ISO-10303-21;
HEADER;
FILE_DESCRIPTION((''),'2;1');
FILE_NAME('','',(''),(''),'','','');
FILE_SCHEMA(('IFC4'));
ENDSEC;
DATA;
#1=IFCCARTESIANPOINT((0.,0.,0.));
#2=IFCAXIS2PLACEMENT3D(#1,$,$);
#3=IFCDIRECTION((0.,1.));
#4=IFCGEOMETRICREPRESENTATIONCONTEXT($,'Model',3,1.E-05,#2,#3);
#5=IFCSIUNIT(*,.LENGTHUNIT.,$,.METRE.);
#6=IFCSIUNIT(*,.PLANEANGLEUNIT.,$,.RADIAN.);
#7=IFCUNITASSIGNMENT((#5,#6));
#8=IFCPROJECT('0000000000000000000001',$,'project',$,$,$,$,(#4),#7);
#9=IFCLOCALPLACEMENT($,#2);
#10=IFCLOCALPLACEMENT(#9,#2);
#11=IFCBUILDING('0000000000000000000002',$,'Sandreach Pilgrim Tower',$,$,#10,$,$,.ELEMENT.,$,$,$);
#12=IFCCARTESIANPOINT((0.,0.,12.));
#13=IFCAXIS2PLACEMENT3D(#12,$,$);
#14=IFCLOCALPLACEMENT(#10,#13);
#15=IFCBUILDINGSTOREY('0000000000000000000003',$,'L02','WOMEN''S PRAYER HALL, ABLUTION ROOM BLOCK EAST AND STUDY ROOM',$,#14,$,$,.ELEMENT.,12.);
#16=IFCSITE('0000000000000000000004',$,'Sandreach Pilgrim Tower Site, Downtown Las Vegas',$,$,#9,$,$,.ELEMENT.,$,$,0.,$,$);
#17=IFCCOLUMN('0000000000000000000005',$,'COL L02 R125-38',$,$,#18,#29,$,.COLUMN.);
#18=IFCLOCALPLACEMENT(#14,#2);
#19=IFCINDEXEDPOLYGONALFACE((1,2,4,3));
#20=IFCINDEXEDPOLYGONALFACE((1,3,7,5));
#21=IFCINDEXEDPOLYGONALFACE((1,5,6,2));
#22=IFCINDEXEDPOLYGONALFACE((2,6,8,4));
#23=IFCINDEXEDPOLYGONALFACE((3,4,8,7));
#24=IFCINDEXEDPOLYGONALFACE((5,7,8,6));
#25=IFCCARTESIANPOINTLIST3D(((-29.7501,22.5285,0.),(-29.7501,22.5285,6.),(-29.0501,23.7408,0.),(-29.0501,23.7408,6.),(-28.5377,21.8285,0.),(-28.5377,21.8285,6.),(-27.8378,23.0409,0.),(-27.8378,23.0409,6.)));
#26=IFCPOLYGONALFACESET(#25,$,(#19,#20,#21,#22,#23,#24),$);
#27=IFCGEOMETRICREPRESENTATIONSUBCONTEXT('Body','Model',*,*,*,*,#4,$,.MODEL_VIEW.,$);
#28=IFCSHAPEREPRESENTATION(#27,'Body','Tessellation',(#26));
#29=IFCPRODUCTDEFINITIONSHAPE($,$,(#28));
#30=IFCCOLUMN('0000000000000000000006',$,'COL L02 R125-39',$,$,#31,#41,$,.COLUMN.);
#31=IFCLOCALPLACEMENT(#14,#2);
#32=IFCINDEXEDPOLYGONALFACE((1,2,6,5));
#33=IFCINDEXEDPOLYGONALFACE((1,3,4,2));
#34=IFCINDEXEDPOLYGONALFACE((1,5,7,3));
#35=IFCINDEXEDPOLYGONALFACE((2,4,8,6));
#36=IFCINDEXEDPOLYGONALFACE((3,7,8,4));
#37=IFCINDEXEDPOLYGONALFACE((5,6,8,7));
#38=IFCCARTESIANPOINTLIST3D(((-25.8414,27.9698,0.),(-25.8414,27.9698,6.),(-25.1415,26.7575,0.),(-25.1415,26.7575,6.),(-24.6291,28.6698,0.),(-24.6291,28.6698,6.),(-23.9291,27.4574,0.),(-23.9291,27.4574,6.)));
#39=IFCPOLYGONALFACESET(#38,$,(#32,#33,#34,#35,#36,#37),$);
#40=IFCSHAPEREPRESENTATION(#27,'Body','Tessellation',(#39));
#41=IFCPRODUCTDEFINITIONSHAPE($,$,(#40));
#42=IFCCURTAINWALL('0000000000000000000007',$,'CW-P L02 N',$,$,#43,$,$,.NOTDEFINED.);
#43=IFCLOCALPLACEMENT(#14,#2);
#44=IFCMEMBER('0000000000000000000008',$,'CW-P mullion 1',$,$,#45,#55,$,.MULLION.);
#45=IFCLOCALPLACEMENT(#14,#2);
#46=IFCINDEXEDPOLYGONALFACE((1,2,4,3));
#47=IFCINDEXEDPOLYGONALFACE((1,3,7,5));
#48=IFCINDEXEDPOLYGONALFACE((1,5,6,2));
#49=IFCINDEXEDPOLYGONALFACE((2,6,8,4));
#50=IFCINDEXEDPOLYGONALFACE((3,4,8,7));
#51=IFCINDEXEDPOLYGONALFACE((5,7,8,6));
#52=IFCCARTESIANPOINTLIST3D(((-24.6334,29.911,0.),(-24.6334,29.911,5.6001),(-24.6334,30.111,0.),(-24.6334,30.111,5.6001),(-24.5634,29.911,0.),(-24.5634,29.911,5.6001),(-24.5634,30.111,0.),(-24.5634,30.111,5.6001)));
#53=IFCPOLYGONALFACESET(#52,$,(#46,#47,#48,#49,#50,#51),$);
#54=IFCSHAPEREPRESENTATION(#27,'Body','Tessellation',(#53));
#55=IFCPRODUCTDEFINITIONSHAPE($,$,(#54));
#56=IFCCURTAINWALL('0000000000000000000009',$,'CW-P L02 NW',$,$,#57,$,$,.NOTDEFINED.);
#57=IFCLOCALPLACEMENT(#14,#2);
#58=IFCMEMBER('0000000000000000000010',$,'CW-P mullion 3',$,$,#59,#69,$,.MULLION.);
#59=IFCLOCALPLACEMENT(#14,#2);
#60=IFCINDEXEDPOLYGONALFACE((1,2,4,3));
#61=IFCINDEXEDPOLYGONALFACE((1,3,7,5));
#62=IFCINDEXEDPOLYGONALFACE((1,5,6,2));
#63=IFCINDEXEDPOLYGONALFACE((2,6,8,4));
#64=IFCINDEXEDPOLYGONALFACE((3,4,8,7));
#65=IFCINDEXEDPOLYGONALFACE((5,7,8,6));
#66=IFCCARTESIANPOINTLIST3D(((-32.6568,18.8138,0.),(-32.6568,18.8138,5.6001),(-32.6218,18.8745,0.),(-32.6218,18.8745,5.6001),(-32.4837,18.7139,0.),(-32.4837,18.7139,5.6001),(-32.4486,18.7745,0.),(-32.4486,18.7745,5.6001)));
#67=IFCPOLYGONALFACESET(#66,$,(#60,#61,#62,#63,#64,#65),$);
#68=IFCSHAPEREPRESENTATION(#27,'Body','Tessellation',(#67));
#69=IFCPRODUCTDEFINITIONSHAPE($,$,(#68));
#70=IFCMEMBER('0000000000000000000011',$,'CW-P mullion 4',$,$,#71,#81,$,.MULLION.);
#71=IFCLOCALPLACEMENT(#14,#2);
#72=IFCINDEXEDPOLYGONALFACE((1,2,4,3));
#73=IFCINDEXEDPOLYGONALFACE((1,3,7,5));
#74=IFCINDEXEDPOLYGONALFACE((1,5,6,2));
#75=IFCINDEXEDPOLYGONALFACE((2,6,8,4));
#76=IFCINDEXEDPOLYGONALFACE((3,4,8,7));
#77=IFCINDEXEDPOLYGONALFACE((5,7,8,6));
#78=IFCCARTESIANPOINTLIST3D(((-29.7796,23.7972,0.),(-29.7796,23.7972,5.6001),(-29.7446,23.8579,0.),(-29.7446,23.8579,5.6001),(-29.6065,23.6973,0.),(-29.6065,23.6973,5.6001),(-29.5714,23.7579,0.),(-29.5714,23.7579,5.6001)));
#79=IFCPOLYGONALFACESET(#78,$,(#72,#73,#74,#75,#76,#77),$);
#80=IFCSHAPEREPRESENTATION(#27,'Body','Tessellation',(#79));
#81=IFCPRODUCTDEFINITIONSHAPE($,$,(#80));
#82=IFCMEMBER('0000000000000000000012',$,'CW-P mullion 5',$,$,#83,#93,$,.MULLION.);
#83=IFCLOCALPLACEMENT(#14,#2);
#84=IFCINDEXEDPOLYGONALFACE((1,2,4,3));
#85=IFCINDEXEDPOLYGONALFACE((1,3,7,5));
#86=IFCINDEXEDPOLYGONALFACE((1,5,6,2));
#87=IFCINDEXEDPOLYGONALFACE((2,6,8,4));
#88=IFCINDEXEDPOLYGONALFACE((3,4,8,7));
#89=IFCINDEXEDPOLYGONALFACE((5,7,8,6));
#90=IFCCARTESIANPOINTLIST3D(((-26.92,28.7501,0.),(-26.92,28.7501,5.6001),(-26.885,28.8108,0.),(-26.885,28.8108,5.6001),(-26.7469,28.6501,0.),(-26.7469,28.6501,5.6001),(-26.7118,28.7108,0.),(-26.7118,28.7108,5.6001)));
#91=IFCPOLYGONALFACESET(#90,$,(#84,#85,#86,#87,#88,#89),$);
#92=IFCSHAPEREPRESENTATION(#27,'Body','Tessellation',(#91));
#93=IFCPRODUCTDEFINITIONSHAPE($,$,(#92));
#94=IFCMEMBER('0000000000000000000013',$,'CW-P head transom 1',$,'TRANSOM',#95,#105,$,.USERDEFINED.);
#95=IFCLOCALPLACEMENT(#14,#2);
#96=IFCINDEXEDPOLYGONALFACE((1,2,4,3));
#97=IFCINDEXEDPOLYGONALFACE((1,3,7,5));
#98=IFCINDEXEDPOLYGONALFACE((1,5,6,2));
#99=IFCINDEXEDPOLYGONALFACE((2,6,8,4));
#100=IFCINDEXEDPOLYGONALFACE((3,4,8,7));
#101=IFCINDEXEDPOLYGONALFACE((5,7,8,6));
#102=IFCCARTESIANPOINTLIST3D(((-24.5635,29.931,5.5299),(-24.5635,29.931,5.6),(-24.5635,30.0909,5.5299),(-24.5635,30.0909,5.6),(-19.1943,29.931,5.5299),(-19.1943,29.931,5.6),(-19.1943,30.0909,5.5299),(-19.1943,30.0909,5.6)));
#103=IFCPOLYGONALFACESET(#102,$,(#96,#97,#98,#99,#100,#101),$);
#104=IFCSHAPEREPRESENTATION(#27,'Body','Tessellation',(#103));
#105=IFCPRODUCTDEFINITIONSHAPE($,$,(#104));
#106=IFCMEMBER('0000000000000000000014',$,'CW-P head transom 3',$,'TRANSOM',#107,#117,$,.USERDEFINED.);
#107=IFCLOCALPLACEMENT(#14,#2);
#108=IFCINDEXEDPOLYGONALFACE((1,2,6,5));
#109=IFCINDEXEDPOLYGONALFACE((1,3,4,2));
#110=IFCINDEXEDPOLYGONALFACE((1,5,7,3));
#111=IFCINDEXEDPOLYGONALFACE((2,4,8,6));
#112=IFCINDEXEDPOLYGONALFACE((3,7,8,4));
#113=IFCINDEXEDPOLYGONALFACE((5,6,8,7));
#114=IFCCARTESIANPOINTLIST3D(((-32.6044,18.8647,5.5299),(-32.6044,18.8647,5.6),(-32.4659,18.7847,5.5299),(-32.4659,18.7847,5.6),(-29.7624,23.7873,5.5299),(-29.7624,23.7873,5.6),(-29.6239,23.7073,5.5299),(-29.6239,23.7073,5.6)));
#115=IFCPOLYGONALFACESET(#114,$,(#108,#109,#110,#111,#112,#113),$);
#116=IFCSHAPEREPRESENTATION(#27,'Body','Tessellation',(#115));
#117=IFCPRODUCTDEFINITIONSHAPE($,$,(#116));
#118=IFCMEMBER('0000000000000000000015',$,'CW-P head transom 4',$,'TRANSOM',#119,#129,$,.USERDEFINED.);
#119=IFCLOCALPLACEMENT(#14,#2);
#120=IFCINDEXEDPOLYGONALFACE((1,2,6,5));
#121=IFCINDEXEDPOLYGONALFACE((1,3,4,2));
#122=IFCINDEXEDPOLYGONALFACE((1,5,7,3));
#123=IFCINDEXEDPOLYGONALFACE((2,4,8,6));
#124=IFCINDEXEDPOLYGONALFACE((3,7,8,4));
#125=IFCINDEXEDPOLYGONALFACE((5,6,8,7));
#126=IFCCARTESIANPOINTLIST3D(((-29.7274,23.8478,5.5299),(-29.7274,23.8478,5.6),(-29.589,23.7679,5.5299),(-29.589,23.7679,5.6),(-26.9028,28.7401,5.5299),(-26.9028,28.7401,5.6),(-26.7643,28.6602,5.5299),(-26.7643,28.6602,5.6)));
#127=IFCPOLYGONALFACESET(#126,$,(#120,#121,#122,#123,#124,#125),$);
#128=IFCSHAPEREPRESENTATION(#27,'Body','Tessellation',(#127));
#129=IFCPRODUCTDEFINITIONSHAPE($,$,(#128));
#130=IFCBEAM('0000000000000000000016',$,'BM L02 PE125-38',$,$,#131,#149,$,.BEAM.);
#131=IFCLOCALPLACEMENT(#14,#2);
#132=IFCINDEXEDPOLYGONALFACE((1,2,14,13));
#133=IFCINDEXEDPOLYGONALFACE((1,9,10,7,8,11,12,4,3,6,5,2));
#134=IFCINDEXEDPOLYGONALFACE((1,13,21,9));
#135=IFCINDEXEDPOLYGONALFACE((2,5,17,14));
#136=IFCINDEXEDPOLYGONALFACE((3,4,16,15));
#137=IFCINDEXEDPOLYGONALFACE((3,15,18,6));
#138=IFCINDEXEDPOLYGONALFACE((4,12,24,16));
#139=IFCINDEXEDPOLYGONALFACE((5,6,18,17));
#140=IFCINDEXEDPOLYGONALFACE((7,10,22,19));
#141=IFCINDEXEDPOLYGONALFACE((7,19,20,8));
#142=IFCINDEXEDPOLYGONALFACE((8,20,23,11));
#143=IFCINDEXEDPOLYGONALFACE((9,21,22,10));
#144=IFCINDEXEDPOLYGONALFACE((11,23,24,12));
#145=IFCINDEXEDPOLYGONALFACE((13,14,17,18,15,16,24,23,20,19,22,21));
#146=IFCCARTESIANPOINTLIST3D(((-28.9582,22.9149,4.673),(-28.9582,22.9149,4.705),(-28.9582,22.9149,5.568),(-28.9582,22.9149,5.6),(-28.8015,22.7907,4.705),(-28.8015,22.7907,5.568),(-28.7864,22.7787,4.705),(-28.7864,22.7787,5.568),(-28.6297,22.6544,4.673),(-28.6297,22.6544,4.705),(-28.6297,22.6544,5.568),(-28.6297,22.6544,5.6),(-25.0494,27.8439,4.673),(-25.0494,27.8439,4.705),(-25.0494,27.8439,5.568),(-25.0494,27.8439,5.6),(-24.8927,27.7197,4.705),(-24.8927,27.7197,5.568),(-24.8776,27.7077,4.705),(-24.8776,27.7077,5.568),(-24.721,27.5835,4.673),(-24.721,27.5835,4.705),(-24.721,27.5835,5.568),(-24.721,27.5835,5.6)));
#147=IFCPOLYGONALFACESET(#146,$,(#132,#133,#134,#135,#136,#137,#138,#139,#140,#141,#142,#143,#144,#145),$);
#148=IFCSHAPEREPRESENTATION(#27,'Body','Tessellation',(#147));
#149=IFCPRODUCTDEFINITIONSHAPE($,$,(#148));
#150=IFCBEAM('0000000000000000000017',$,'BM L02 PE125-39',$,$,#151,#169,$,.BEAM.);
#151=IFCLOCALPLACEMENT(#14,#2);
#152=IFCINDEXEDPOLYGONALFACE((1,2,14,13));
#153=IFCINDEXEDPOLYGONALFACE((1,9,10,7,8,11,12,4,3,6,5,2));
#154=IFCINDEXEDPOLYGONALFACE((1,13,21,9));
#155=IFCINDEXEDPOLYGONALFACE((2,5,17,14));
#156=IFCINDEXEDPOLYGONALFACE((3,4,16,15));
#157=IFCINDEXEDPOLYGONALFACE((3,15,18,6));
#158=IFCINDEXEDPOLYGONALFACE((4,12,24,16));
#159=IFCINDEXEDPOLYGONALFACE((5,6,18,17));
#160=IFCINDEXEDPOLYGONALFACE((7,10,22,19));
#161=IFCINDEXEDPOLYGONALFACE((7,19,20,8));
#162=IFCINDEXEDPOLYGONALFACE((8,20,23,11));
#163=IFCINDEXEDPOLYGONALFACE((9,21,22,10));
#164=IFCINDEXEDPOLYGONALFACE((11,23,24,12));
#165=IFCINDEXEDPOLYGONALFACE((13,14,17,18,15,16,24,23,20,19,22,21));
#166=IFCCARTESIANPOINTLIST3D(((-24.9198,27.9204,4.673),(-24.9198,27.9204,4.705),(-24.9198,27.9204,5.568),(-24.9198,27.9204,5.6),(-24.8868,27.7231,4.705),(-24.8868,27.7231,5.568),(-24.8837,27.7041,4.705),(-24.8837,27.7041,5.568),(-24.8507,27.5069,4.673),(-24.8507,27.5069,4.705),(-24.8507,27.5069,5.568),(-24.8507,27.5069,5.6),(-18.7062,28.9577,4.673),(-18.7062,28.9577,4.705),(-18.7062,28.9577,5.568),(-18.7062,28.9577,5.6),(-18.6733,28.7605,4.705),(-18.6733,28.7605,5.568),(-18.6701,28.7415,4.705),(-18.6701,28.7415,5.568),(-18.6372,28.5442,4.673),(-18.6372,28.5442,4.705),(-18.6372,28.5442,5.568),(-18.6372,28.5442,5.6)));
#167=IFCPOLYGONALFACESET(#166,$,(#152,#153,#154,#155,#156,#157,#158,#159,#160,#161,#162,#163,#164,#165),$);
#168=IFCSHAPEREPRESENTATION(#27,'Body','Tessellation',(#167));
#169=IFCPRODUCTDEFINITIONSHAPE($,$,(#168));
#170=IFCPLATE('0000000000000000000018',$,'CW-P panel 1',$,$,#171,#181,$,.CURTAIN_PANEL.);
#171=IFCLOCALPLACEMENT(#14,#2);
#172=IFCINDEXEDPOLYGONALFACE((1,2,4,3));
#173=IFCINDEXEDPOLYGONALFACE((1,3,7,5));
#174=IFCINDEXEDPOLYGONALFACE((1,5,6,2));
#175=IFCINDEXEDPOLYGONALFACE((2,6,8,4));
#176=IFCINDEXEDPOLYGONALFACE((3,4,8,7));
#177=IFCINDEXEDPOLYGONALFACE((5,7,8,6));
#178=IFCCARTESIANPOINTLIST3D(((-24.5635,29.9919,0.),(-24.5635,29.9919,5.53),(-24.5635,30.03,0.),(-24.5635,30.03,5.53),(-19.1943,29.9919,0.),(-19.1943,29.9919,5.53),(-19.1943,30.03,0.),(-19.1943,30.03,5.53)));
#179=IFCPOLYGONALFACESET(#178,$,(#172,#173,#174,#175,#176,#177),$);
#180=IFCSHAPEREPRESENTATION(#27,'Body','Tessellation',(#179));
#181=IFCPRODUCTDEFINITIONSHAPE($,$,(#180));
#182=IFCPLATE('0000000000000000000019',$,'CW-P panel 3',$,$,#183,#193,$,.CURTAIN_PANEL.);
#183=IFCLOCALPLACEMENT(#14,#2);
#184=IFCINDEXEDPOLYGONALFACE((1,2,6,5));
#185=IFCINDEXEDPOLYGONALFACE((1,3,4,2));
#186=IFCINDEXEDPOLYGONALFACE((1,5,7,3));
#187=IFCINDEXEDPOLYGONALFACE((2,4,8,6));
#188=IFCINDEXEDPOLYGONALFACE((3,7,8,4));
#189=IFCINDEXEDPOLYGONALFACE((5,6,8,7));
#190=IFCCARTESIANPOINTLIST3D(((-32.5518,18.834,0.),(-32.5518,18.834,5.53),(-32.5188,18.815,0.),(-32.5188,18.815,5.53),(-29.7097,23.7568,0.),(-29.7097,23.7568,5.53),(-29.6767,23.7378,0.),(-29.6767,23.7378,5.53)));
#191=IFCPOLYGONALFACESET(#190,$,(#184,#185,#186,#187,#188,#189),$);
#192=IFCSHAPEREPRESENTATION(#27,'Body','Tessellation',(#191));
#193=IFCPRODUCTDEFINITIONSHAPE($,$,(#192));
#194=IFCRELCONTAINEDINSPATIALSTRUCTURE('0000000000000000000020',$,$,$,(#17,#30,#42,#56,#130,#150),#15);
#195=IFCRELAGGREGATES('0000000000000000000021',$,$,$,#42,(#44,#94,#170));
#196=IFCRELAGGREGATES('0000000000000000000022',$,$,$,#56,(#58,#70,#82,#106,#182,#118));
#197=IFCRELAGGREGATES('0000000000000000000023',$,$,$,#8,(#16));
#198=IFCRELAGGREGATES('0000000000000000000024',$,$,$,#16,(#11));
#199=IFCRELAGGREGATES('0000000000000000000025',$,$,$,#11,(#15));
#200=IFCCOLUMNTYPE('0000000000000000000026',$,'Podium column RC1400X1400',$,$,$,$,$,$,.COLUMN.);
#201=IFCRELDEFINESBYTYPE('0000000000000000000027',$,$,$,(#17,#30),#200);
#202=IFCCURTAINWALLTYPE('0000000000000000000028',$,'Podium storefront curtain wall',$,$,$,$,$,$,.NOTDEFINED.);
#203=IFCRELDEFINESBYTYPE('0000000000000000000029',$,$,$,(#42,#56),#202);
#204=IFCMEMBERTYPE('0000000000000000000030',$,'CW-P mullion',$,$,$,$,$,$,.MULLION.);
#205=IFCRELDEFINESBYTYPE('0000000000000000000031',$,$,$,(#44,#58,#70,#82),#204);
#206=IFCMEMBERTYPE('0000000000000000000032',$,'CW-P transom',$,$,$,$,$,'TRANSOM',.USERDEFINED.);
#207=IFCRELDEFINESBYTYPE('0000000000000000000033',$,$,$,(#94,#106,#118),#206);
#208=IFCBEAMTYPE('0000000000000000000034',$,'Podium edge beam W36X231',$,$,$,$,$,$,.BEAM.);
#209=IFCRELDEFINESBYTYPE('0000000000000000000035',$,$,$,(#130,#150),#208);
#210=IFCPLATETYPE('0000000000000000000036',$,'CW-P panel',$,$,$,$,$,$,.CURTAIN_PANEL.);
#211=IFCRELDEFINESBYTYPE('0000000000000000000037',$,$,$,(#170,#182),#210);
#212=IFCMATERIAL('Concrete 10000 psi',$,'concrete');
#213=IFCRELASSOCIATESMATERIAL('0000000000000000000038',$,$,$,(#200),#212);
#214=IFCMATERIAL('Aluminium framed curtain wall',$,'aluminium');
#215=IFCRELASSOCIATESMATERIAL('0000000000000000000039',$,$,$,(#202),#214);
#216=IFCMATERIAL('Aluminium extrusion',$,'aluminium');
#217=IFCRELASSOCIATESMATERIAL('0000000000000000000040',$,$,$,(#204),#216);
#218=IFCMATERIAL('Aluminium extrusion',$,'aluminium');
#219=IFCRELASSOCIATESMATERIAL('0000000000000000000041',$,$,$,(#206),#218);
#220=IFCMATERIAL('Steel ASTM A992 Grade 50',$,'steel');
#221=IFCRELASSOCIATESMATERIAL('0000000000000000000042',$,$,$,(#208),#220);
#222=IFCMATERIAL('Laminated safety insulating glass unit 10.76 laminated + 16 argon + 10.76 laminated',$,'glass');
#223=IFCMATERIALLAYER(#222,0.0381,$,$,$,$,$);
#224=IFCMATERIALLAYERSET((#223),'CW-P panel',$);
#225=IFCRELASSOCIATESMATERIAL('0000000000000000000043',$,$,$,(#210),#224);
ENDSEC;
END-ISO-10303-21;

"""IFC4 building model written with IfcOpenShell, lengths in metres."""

from ifc_helpers import new_model, si_unit, direction, frame, origin, origin_2d, place, context, subcontext, project, spatial, rectangle, i_section, extrude, material, layer, layer_set, material_profile, profile_set, type_object, element, aggregate, save


model = new_model("IFC4")

# Units and contexts
model_context = context("Model", 3, precision=1e-05, world=origin(), true_north=direction((0.0, 1.0)))
body_context = subcontext(model_context, "Body", "Model", "MODEL_VIEW")
ifc_project = project(units=[si_unit("LENGTHUNIT", "METRE"), si_unit("PLANEANGLEUNIT", "RADIAN")], contexts=[model_context])

# Site, building, storey
site_placement = place(None, origin())
site = spatial("IfcSite", under=ifc_project, at=site_placement, Name="Sandreach Pilgrim Tower Site, Downtown Las Vegas", CompositionType="ELEMENT", RefElevation=0.0)
building_placement = place(site_placement, origin())
building = spatial("IfcBuilding", under=site, at=building_placement, Name="Sandreach Pilgrim Tower", CompositionType="ELEMENT")
storey_placement = place(building_placement, frame((0.0, 0.0, 12.0)))
storey = spatial("IfcBuildingStorey", under=building, at=storey_placement, Name="L02", Description="WOMEN'S PRAYER HALL, ABLUTION ROOM BLOCK EAST AND STUDY ROOM", CompositionType="ELEMENT", Elevation=12.0)

# Columns
ifc_material_1 = material(Name="Concrete 10000 psi", Category="concrete")
ifc_material_profile_1 = material_profile(ifc_material_1, rectangle(XDim=1.3999, YDim=1.3999, at=origin_2d()), Name="RC1400X1400")
ifc_profile_set_1 = profile_set([ifc_material_profile_1], Name="Concrete 10000 psi")
column_type = type_object("IfcColumnType", Name="Podium column RC1400X1400", PredefinedType="COLUMN", material=ifc_profile_set_1)
for number, where, z_axis, x_axis, name in (
    (1, (-28.7939, 22.7847, 0.0), (0.0, 0.0, 1.0), (-0.866025, 0.5, 0.0), "COL L02 R125-38"),
    (2, (-24.8853, 27.7136, 0.0), (0.0, 0.0, 1.0), (-0.5, 0.866025, 0.0), "COL L02 R125-39"),
):
    element("IfcColumn", number, at=place(storey_placement, frame(where, z_axis=z_axis, x_axis=x_axis)), inside=storey, type_object=column_type, Name=name, PredefinedType="COLUMN", context=body_context, shape_type="SweptSolid", body=[
        extrude(rectangle(XDim=1.3999, YDim=1.3999, at=origin_2d()), origin(), (0.0, 0.0, 1.0), 6.0),
    ])

# Curtain wall, member
ifc_material_2 = material(Name="Aluminium framed curtain wall", Category="aluminium")
curtain_wall_type = type_object("IfcCurtainWallType", Name="Podium storefront curtain wall", PredefinedType="NOTDEFINED", material=ifc_material_2)
curtain_wall_1_placement = place(storey_placement, origin())
curtain_wall_1 = element("IfcCurtainWall", 3, at=curtain_wall_1_placement, inside=storey, type_object=curtain_wall_type, Name="CW-P L02 N", PredefinedType="NOTDEFINED")
ifc_material_3 = material(Name="Aluminium extrusion", Category="aluminium")
ifc_material_profile_2 = material_profile(ifc_material_3, rectangle(XDim=0.0701, YDim=0.2, at=origin_2d()), Name="CW-PM 70X200")
ifc_profile_set_2 = profile_set([ifc_material_profile_2], Name="Aluminium extrusion")
member_type_1 = type_object("IfcMemberType", Name="CW-P mullion", PredefinedType="MULLION", material=ifc_profile_set_2)
member_1_placement = place(storey_placement, frame((-24.5984, 30.011, 0.0), z_axis=(0.0, 0.0, 1.0), x_axis=(1.0, 0.0, 0.0)))
member_1 = element("IfcMember", 4, at=member_1_placement, type_object=member_type_1, Name="CW-P mullion 1", PredefinedType="MULLION", context=body_context, shape_type="SweptSolid", body=[
    extrude(rectangle(XDim=0.0701, YDim=0.2, at=origin_2d()), origin(), (0.0, 0.0, 1.0), 5.6001),
])

# Curtain wall, members
curtain_wall_2_placement = place(storey_placement, origin())
curtain_wall_2 = element("IfcCurtainWall", 5, at=curtain_wall_2_placement, inside=storey, type_object=curtain_wall_type, Name="CW-P L02 NW", PredefinedType="NOTDEFINED")
member_2_placement = place(storey_placement, frame((-32.5527, 18.7942, 0.0), z_axis=(0.0, 0.0, 1.0), x_axis=(0.5, 0.866025, 0.0)))
member_2 = element("IfcMember", 6, at=member_2_placement, type_object=member_type_1, Name="CW-P mullion 3", PredefinedType="MULLION", context=body_context, shape_type="SweptSolid", body=[
    extrude(rectangle(XDim=0.0701, YDim=0.2, at=origin_2d()), origin(), (0.0, 0.0, 1.0), 5.6001),
])
member_3_placement = place(storey_placement, frame((-29.6755, 23.7776, 0.0), z_axis=(0.0, 0.0, 1.0), x_axis=(0.5, 0.866025, 0.0)))
member_3 = element("IfcMember", 7, at=member_3_placement, type_object=member_type_1, Name="CW-P mullion 4", PredefinedType="MULLION", context=body_context, shape_type="SweptSolid", body=[
    extrude(rectangle(XDim=0.0701, YDim=0.2, at=origin_2d()), origin(), (0.0, 0.0, 1.0), 5.6001),
])
member_4_placement = place(storey_placement, frame((-26.8159, 28.7305, 0.0), z_axis=(0.0, 0.0, 1.0), x_axis=(0.5, 0.866025, 0.0)))
member_4 = element("IfcMember", 8, at=member_4_placement, type_object=member_type_1, Name="CW-P mullion 5", PredefinedType="MULLION", context=body_context, shape_type="SweptSolid", body=[
    extrude(rectangle(XDim=0.0701, YDim=0.2, at=origin_2d()), origin(), (0.0, 0.0, 1.0), 5.6001),
])

# Members
ifc_material_4 = material(Name="Aluminium extrusion", Category="aluminium")
ifc_material_profile_3 = material_profile(ifc_material_4, rectangle(XDim=0.1599, YDim=0.0701, at=origin_2d()), Name="CW-PT 160X70")
ifc_profile_set_3 = profile_set([ifc_material_profile_3], Name="Aluminium extrusion")
member_type_2 = type_object("IfcMemberType", Name="CW-P transom", ElementType="TRANSOM", PredefinedType="USERDEFINED", material=ifc_profile_set_3)
member_5_placement = place(storey_placement, frame((-24.5635, 30.011, 5.5649), z_axis=(1.0, 0.0, 0.0), x_axis=(0.0, 1.0, 0.0)))
member_5 = element("IfcMember", 9, at=member_5_placement, type_object=member_type_2, Name="CW-P head transom 1", ObjectType="TRANSOM", PredefinedType="USERDEFINED", context=body_context, shape_type="SweptSolid", body=[
    extrude(rectangle(XDim=0.1599, YDim=0.0701, at=origin_2d()), origin(), (0.0, 0.0, 1.0), 5.3691),
])
member_6_placement = place(storey_placement, frame((-32.5352, 18.8247, 5.5649), z_axis=(0.499996, 0.866028, 0.0), x_axis=(-0.866028, 0.499996, 0.0)))
member_6 = element("IfcMember", 10, at=member_6_placement, type_object=member_type_2, Name="CW-P head transom 3", ObjectType="TRANSOM", PredefinedType="USERDEFINED", context=body_context, shape_type="SweptSolid", body=[
    extrude(rectangle(XDim=0.1599, YDim=0.0701, at=origin_2d()), origin(), (0.0, 0.0, 1.0), 5.6841),
])
member_7_placement = place(storey_placement, frame((-29.6582, 23.8079, 5.5649), z_axis=(0.500015, 0.866016, 0.0), x_axis=(-0.866016, 0.500015, 0.0)))
member_7 = element("IfcMember", 11, at=member_7_placement, type_object=member_type_2, Name="CW-P head transom 4", ObjectType="TRANSOM", PredefinedType="USERDEFINED", context=body_context, shape_type="SweptSolid", body=[
    extrude(rectangle(XDim=0.1599, YDim=0.0701, at=origin_2d()), origin(), (0.0, 0.0, 1.0), 5.6492),
])

# Beams
ifc_material_5 = material(Name="Steel ASTM A992 Grade 50", Category="steel")
ifc_material_profile_4 = material_profile(ifc_material_5, i_section(OverallWidth=0.4192, OverallDepth=0.927, WebThickness=0.0193, FlangeThickness=0.032, at=origin_2d()), Name="W36X231")
ifc_profile_set_4 = profile_set([ifc_material_profile_4], Name="Steel ASTM A992 Grade 50")
beam_type = type_object("IfcBeamType", Name="Podium edge beam W36X231", PredefinedType="BEAM", material=ifc_profile_set_4)
beam_1_placement = place(storey_placement, frame((-28.7939, 22.7847, 5.1365), z_axis=(0.621348, 0.783535, 0.0), x_axis=(-0.783535, 0.621348, 0.0)))
element("IfcBeam", 12, at=beam_1_placement, inside=storey, type_object=beam_type, Name="BM L02 PE125-38", PredefinedType="BEAM", context=body_context, shape_type="SweptSolid", body=[
    extrude(i_section(OverallWidth=0.4192, OverallDepth=0.927, WebThickness=0.0193, FlangeThickness=0.032, at=origin_2d()), origin(), (0.0, 0.0, 1.0), 6.2908),
])
beam_2_placement = place(storey_placement, frame((-24.8853, 27.7136, 5.1365), z_axis=(0.986349, 0.164669, 0.0), x_axis=(-0.164669, 0.986349, 0.0)))
element("IfcBeam", 13, at=beam_2_placement, inside=storey, type_object=beam_type, Name="BM L02 PE125-39", PredefinedType="BEAM", context=body_context, shape_type="SweptSolid", body=[
    extrude(i_section(OverallWidth=0.4192, OverallDepth=0.927, WebThickness=0.0193, FlangeThickness=0.032, at=origin_2d()), origin(), (0.0, 0.0, 1.0), 6.2996),
])

# Plates
ifc_material_6 = material(Name="Laminated safety insulating glass unit 10.76 laminated + 16 argon + 10.76 laminated", Category="glass")
ifc_layer_1 = layer(ifc_material_6, 0.0381)
ifc_layer_set_1 = layer_set([ifc_layer_1], Name="CW-P panel")
plate_type = type_object("IfcPlateType", Name="CW-P panel", PredefinedType="CURTAIN_PANEL", material=ifc_layer_set_1)
plate_1_placement = place(storey_placement, frame((-21.8789, 30.011, 0.0), z_axis=(0.0, 0.0, 1.0), x_axis=(1.0, 0.0, 0.0)))
plate_1 = element("IfcPlate", 14, at=plate_1_placement, type_object=plate_type, Name="CW-P panel 1", PredefinedType="CURTAIN_PANEL", context=body_context, shape_type="SweptSolid", body=[
    extrude(rectangle(XDim=5.3691, YDim=0.0381, at=origin_2d()), origin(), (0.0, 0.0, 1.0), 5.53),
])
aggregate(curtain_wall_1, [member_1, member_5, plate_1])
plate_2_placement = place(storey_placement, frame((-31.1143, 21.2859, 0.0), z_axis=(0.0, 0.0, 1.0), x_axis=(0.5, 0.866025, 0.0)))
plate_2 = element("IfcPlate", 15, at=plate_2_placement, type_object=plate_type, Name="CW-P panel 3", PredefinedType="CURTAIN_PANEL", context=body_context, shape_type="SweptSolid", body=[
    extrude(rectangle(XDim=5.6843, YDim=0.0381, at=origin_2d()), origin(), (0.0, 0.0, 1.0), 5.53),
])
aggregate(curtain_wall_2, [member_2, member_3, member_4, member_6, plate_2, member_7])

save(model, "model.ifc")
